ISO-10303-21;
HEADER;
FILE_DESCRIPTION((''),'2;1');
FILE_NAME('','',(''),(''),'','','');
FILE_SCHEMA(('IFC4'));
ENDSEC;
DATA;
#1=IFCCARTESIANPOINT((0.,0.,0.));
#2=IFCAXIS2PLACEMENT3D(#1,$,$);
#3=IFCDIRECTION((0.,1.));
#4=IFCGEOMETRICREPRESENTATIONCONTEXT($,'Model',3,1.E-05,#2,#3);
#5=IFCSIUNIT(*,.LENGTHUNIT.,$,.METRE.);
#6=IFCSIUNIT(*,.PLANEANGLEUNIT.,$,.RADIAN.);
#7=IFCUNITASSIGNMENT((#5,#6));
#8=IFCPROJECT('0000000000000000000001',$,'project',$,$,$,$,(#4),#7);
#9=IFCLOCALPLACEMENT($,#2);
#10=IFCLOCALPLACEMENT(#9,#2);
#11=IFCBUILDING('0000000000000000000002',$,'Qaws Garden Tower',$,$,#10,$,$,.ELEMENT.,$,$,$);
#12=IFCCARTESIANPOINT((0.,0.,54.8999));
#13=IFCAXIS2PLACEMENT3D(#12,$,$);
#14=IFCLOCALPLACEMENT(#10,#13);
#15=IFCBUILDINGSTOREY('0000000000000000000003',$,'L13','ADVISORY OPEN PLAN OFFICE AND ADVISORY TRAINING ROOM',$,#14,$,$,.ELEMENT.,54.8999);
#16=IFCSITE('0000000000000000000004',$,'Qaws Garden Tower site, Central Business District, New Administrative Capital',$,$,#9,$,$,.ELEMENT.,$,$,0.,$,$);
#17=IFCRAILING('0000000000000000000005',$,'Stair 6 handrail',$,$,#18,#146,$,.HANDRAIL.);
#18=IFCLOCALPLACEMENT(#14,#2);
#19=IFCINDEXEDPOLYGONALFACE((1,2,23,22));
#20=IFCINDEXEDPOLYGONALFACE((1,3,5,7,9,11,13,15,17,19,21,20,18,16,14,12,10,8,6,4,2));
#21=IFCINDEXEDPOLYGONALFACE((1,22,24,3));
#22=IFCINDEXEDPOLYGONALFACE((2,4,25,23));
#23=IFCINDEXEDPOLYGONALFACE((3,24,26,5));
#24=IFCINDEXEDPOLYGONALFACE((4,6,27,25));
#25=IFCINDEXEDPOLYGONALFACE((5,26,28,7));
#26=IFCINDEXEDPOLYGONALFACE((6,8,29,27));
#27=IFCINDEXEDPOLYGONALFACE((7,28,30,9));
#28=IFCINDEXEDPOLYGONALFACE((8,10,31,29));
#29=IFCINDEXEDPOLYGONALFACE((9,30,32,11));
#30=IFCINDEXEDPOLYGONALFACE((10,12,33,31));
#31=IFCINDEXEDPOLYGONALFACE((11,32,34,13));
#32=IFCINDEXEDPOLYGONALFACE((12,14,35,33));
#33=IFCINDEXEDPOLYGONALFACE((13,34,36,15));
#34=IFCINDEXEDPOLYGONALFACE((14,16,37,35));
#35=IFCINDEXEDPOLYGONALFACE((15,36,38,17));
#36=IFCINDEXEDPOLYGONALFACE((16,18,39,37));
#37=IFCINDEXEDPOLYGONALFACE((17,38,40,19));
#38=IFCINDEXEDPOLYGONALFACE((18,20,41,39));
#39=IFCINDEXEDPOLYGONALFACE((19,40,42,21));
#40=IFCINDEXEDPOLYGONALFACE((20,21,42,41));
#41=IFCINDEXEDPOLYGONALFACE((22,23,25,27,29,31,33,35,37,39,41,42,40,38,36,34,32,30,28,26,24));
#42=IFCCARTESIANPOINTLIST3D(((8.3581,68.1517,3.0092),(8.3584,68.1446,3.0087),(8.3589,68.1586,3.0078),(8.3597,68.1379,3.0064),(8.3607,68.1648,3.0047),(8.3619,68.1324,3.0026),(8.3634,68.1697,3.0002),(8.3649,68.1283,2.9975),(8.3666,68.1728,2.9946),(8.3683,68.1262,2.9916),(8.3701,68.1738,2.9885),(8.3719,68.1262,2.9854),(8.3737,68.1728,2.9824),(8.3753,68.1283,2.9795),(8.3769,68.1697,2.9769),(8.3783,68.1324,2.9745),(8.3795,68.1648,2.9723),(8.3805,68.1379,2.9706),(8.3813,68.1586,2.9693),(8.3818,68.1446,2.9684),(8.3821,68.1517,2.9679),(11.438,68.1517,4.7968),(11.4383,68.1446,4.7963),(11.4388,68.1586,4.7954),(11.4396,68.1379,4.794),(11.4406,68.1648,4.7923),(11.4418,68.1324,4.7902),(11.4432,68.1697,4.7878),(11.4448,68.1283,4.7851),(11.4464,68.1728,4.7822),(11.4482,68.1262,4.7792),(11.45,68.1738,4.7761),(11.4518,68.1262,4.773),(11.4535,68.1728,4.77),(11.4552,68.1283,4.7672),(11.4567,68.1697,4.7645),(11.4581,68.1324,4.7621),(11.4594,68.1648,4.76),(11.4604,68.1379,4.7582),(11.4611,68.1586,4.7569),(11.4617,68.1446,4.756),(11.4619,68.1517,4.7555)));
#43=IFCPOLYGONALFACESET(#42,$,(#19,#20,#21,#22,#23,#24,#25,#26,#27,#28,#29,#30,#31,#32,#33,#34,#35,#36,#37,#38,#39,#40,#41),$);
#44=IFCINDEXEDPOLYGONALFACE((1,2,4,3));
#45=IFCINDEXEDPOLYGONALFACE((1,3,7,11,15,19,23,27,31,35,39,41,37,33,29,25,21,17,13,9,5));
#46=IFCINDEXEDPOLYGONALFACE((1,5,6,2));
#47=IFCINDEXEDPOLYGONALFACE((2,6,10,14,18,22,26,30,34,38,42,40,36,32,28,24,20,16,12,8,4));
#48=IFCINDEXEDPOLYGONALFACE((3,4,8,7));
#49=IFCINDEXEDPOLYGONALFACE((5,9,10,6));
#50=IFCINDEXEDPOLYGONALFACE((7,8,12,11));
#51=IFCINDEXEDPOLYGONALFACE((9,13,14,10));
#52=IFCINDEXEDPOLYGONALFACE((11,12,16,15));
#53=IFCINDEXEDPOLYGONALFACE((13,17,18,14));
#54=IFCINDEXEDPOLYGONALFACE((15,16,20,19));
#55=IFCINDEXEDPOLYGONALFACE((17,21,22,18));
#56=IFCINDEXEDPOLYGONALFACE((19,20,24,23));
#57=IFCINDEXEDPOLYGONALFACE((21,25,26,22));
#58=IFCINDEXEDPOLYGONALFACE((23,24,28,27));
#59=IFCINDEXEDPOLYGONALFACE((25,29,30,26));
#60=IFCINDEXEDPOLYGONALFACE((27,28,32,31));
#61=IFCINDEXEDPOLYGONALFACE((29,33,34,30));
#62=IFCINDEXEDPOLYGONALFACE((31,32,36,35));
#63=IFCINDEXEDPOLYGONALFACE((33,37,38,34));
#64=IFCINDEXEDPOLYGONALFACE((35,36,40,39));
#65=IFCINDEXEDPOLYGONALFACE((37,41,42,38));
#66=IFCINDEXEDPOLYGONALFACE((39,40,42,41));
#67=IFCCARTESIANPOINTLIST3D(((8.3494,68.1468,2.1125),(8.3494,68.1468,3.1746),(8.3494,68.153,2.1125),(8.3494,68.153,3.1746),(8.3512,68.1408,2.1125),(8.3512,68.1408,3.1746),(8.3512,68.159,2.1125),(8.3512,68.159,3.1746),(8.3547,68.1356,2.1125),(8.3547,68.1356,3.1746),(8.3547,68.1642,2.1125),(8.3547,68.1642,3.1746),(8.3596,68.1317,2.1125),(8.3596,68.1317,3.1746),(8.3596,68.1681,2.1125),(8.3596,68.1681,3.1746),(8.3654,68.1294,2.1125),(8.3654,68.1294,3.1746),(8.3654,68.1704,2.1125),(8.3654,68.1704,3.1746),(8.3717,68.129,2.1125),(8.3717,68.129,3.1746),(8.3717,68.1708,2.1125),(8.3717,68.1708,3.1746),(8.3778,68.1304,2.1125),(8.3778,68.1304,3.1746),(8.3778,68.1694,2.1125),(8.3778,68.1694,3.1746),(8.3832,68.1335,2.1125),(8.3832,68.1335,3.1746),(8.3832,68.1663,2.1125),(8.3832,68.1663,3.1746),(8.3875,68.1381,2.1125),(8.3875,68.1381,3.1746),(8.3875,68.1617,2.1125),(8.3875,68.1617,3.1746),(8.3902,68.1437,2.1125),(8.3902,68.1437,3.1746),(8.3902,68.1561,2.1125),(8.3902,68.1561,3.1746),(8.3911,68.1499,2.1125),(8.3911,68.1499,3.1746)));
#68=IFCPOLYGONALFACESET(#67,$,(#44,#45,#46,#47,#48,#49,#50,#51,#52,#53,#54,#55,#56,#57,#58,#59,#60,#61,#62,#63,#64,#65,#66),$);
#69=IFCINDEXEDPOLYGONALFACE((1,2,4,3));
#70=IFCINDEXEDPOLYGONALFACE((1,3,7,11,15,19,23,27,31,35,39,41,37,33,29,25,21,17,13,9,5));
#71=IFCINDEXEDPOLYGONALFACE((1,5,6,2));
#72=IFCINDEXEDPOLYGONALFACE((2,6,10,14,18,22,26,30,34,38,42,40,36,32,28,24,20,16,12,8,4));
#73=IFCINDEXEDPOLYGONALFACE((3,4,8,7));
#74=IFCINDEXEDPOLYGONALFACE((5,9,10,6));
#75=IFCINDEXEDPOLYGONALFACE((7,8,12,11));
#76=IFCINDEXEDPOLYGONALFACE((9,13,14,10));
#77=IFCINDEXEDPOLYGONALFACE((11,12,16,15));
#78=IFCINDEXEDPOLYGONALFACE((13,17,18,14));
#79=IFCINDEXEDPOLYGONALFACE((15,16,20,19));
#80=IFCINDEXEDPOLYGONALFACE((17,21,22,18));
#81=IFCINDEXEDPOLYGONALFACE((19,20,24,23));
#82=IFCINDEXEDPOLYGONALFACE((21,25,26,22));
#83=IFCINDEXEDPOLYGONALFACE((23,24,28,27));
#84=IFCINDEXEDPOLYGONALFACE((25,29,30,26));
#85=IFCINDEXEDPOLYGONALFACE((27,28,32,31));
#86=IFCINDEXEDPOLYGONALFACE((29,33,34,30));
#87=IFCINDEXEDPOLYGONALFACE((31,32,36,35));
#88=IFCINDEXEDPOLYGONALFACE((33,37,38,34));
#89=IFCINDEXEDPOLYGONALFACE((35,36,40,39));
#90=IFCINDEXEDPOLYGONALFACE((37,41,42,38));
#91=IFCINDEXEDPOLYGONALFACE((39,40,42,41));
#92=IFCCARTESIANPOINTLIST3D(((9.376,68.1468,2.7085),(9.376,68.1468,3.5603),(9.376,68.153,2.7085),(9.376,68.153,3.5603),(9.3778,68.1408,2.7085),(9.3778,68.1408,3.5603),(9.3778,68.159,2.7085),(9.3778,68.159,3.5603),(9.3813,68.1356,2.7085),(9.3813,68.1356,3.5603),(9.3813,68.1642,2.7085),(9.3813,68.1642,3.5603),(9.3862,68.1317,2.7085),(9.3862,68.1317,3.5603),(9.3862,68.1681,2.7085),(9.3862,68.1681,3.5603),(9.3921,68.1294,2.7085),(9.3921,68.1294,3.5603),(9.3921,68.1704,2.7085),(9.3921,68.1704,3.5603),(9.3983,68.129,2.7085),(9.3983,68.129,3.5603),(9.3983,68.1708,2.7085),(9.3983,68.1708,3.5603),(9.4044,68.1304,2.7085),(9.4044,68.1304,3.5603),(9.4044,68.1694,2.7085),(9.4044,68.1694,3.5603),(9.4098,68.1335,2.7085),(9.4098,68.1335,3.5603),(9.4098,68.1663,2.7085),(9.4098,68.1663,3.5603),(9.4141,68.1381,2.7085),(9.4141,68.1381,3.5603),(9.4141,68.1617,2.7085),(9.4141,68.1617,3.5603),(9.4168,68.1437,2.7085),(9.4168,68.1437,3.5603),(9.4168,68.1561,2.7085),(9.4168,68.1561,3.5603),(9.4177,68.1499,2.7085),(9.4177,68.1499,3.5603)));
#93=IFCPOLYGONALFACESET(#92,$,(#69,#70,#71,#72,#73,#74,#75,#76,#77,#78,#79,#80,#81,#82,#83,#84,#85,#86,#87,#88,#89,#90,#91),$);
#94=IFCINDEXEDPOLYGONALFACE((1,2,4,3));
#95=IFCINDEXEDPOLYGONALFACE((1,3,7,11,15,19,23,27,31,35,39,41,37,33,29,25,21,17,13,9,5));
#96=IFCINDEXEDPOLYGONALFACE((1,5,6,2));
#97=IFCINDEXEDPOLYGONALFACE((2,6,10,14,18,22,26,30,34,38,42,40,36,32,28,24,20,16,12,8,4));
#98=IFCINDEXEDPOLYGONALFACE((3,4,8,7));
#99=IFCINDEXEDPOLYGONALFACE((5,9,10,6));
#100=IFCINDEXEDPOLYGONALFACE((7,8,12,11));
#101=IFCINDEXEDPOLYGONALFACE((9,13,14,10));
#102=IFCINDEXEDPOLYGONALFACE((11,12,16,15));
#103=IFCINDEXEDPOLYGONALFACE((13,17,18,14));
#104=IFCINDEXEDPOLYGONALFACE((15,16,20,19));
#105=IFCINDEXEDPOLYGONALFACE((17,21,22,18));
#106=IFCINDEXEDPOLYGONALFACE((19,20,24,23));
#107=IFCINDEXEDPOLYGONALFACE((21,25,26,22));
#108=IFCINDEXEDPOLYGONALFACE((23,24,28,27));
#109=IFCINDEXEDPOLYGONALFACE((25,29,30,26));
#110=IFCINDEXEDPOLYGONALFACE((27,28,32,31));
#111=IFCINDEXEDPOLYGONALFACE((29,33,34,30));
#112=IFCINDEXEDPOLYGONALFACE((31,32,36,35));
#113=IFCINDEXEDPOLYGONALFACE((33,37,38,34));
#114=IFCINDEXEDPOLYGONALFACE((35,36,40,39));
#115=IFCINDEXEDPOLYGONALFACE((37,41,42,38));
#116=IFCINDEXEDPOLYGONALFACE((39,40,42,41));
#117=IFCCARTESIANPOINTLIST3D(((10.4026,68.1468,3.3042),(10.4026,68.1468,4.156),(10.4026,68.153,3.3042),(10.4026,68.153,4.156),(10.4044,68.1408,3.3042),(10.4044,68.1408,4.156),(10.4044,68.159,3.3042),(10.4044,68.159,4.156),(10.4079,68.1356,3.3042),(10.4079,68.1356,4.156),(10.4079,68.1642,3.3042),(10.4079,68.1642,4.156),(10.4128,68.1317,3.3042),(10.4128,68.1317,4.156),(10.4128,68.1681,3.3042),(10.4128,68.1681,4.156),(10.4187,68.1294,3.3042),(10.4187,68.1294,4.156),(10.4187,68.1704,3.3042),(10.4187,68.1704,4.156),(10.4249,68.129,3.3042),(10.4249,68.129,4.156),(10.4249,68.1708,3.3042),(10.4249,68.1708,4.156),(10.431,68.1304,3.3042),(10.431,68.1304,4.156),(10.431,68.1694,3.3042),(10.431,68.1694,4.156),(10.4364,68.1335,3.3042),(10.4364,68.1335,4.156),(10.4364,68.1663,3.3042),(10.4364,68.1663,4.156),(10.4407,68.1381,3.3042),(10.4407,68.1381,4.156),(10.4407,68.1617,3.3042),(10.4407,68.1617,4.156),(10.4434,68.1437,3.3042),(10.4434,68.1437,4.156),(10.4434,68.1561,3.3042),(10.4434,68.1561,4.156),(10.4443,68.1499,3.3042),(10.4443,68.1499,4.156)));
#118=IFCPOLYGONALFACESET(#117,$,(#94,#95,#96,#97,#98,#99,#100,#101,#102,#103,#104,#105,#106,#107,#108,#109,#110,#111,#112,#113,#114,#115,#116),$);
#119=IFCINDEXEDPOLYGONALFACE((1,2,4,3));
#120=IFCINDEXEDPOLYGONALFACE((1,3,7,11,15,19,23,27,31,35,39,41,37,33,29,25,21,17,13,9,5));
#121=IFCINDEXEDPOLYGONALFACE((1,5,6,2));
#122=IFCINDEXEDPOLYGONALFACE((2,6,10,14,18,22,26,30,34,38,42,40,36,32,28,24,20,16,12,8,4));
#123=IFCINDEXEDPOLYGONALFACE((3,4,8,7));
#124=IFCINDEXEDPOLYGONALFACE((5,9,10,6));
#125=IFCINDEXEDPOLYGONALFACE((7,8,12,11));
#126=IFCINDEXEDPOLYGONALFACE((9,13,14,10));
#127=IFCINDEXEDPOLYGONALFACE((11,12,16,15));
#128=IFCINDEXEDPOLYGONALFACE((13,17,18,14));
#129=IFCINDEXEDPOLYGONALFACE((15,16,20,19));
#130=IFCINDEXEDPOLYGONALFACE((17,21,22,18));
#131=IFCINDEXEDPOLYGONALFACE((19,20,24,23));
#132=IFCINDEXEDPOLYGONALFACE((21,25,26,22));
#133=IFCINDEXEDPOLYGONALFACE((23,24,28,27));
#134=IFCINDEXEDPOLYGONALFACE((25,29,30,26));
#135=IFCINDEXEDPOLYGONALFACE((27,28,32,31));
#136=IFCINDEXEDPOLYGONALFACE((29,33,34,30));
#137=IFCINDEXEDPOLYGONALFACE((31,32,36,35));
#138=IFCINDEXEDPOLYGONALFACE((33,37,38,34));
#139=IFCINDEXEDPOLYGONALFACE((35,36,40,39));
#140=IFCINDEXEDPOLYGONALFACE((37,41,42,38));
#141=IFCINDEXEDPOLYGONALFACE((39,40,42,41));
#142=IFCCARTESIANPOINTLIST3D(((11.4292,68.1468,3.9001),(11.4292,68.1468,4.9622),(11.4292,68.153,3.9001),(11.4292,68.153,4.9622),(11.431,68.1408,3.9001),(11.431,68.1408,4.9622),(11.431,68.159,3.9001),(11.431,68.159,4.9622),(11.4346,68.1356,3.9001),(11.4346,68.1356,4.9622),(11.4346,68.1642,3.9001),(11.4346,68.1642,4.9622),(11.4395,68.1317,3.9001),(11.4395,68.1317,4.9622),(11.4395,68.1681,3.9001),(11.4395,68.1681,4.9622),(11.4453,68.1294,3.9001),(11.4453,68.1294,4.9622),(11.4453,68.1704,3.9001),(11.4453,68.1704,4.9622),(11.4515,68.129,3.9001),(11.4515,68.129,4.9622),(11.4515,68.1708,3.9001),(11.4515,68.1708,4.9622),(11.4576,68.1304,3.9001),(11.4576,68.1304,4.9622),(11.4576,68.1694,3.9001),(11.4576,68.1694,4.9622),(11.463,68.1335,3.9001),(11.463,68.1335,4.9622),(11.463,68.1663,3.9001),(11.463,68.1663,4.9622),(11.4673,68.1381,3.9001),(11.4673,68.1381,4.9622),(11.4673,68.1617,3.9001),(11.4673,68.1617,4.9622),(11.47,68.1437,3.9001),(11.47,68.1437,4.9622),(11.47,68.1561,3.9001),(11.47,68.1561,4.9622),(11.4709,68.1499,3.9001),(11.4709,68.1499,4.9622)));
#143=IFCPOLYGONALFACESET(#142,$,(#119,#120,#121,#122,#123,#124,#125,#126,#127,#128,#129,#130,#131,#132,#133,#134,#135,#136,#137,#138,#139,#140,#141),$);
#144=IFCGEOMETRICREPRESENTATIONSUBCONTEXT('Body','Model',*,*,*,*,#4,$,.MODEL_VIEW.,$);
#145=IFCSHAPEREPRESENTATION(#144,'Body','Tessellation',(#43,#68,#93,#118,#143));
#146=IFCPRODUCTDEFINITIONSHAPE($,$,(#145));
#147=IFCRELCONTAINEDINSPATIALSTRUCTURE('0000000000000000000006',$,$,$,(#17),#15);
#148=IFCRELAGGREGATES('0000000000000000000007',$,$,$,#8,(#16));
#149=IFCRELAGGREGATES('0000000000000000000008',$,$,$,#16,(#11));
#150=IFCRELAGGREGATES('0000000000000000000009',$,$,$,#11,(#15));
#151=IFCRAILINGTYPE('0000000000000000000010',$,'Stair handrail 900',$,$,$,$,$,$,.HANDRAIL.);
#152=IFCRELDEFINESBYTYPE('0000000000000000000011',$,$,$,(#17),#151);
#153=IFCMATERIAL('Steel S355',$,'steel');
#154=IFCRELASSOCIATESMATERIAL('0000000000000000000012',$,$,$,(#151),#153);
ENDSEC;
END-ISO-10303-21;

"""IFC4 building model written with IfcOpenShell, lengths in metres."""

from ifc_helpers import new_model, si_unit, direction, frame, origin, origin_2d, place, context, subcontext, project, spatial, circle, extrude, material, type_object, element, save


model = new_model("IFC4")

# Units and contexts
model_context = context("Model", 3, precision=1e-05, world=origin(), true_north=direction((0.0, 1.0)))
body_context = subcontext(model_context, "Body", "Model", "MODEL_VIEW")
ifc_project = project(units=[si_unit("LENGTHUNIT", "METRE"), si_unit("PLANEANGLEUNIT", "RADIAN")], contexts=[model_context])

# Site, building, storey
site_placement = place(None, origin())
site = spatial("IfcSite", under=ifc_project, at=site_placement, Name="Qaws Garden Tower site, Central Business District, New Administrative Capital", CompositionType="ELEMENT", RefElevation=0.0)
building_placement = place(site_placement, origin())
building = spatial("IfcBuilding", under=site, at=building_placement, Name="Qaws Garden Tower", CompositionType="ELEMENT")
storey_placement = place(building_placement, frame((0.0, 0.0, 54.8999)))
storey = spatial("IfcBuildingStorey", under=building, at=storey_placement, Name="L13", Description="ADVISORY OPEN PLAN OFFICE AND ADVISORY TRAINING ROOM", CompositionType="ELEMENT", Elevation=54.8999)

# Railing
ifc_material_1 = material(Name="Steel S355", Category="steel")
railing_type = type_object("IfcRailingType", Name="Stair handrail 900", PredefinedType="HANDRAIL", material=ifc_material_1)
railing_1_placement = place(storey_placement, frame((8.3701, 68.1499, 2.1125)))
element("IfcRailing", 1, at=railing_1_placement, inside=storey, type_object=railing_type, Name="Stair 6 handrail", PredefinedType="HANDRAIL", context=body_context, shape_type="SweptSolid", body=[
    extrude(circle(Radius=0.0239, at=origin_2d()), frame((0.0, 0.0, 0.876), z_axis=(0.864873, 0.0, 0.50199), x_axis=(0.0, 1.0, 0.0)), (0.0, 0.0, 1.0), 3.561),
    extrude(circle(Radius=0.021, at=origin_2d()), origin(), (0.0, 0.0, 1.0), 1.062),
    extrude(circle(Radius=0.021, at=origin_2d()), frame((1.0266, 0.0, 0.5959)), (0.0, 0.0, 1.0), 0.8518),
    extrude(circle(Radius=0.021, at=origin_2d()), frame((2.0532, 0.0, 1.1917)), (0.0, 0.0, 1.0), 0.8518),
    extrude(circle(Radius=0.021, at=origin_2d()), frame((3.0798, 0.0, 1.7876)), (0.0, 0.0, 1.0), 1.062),
])

save(model, "model.ifc")
